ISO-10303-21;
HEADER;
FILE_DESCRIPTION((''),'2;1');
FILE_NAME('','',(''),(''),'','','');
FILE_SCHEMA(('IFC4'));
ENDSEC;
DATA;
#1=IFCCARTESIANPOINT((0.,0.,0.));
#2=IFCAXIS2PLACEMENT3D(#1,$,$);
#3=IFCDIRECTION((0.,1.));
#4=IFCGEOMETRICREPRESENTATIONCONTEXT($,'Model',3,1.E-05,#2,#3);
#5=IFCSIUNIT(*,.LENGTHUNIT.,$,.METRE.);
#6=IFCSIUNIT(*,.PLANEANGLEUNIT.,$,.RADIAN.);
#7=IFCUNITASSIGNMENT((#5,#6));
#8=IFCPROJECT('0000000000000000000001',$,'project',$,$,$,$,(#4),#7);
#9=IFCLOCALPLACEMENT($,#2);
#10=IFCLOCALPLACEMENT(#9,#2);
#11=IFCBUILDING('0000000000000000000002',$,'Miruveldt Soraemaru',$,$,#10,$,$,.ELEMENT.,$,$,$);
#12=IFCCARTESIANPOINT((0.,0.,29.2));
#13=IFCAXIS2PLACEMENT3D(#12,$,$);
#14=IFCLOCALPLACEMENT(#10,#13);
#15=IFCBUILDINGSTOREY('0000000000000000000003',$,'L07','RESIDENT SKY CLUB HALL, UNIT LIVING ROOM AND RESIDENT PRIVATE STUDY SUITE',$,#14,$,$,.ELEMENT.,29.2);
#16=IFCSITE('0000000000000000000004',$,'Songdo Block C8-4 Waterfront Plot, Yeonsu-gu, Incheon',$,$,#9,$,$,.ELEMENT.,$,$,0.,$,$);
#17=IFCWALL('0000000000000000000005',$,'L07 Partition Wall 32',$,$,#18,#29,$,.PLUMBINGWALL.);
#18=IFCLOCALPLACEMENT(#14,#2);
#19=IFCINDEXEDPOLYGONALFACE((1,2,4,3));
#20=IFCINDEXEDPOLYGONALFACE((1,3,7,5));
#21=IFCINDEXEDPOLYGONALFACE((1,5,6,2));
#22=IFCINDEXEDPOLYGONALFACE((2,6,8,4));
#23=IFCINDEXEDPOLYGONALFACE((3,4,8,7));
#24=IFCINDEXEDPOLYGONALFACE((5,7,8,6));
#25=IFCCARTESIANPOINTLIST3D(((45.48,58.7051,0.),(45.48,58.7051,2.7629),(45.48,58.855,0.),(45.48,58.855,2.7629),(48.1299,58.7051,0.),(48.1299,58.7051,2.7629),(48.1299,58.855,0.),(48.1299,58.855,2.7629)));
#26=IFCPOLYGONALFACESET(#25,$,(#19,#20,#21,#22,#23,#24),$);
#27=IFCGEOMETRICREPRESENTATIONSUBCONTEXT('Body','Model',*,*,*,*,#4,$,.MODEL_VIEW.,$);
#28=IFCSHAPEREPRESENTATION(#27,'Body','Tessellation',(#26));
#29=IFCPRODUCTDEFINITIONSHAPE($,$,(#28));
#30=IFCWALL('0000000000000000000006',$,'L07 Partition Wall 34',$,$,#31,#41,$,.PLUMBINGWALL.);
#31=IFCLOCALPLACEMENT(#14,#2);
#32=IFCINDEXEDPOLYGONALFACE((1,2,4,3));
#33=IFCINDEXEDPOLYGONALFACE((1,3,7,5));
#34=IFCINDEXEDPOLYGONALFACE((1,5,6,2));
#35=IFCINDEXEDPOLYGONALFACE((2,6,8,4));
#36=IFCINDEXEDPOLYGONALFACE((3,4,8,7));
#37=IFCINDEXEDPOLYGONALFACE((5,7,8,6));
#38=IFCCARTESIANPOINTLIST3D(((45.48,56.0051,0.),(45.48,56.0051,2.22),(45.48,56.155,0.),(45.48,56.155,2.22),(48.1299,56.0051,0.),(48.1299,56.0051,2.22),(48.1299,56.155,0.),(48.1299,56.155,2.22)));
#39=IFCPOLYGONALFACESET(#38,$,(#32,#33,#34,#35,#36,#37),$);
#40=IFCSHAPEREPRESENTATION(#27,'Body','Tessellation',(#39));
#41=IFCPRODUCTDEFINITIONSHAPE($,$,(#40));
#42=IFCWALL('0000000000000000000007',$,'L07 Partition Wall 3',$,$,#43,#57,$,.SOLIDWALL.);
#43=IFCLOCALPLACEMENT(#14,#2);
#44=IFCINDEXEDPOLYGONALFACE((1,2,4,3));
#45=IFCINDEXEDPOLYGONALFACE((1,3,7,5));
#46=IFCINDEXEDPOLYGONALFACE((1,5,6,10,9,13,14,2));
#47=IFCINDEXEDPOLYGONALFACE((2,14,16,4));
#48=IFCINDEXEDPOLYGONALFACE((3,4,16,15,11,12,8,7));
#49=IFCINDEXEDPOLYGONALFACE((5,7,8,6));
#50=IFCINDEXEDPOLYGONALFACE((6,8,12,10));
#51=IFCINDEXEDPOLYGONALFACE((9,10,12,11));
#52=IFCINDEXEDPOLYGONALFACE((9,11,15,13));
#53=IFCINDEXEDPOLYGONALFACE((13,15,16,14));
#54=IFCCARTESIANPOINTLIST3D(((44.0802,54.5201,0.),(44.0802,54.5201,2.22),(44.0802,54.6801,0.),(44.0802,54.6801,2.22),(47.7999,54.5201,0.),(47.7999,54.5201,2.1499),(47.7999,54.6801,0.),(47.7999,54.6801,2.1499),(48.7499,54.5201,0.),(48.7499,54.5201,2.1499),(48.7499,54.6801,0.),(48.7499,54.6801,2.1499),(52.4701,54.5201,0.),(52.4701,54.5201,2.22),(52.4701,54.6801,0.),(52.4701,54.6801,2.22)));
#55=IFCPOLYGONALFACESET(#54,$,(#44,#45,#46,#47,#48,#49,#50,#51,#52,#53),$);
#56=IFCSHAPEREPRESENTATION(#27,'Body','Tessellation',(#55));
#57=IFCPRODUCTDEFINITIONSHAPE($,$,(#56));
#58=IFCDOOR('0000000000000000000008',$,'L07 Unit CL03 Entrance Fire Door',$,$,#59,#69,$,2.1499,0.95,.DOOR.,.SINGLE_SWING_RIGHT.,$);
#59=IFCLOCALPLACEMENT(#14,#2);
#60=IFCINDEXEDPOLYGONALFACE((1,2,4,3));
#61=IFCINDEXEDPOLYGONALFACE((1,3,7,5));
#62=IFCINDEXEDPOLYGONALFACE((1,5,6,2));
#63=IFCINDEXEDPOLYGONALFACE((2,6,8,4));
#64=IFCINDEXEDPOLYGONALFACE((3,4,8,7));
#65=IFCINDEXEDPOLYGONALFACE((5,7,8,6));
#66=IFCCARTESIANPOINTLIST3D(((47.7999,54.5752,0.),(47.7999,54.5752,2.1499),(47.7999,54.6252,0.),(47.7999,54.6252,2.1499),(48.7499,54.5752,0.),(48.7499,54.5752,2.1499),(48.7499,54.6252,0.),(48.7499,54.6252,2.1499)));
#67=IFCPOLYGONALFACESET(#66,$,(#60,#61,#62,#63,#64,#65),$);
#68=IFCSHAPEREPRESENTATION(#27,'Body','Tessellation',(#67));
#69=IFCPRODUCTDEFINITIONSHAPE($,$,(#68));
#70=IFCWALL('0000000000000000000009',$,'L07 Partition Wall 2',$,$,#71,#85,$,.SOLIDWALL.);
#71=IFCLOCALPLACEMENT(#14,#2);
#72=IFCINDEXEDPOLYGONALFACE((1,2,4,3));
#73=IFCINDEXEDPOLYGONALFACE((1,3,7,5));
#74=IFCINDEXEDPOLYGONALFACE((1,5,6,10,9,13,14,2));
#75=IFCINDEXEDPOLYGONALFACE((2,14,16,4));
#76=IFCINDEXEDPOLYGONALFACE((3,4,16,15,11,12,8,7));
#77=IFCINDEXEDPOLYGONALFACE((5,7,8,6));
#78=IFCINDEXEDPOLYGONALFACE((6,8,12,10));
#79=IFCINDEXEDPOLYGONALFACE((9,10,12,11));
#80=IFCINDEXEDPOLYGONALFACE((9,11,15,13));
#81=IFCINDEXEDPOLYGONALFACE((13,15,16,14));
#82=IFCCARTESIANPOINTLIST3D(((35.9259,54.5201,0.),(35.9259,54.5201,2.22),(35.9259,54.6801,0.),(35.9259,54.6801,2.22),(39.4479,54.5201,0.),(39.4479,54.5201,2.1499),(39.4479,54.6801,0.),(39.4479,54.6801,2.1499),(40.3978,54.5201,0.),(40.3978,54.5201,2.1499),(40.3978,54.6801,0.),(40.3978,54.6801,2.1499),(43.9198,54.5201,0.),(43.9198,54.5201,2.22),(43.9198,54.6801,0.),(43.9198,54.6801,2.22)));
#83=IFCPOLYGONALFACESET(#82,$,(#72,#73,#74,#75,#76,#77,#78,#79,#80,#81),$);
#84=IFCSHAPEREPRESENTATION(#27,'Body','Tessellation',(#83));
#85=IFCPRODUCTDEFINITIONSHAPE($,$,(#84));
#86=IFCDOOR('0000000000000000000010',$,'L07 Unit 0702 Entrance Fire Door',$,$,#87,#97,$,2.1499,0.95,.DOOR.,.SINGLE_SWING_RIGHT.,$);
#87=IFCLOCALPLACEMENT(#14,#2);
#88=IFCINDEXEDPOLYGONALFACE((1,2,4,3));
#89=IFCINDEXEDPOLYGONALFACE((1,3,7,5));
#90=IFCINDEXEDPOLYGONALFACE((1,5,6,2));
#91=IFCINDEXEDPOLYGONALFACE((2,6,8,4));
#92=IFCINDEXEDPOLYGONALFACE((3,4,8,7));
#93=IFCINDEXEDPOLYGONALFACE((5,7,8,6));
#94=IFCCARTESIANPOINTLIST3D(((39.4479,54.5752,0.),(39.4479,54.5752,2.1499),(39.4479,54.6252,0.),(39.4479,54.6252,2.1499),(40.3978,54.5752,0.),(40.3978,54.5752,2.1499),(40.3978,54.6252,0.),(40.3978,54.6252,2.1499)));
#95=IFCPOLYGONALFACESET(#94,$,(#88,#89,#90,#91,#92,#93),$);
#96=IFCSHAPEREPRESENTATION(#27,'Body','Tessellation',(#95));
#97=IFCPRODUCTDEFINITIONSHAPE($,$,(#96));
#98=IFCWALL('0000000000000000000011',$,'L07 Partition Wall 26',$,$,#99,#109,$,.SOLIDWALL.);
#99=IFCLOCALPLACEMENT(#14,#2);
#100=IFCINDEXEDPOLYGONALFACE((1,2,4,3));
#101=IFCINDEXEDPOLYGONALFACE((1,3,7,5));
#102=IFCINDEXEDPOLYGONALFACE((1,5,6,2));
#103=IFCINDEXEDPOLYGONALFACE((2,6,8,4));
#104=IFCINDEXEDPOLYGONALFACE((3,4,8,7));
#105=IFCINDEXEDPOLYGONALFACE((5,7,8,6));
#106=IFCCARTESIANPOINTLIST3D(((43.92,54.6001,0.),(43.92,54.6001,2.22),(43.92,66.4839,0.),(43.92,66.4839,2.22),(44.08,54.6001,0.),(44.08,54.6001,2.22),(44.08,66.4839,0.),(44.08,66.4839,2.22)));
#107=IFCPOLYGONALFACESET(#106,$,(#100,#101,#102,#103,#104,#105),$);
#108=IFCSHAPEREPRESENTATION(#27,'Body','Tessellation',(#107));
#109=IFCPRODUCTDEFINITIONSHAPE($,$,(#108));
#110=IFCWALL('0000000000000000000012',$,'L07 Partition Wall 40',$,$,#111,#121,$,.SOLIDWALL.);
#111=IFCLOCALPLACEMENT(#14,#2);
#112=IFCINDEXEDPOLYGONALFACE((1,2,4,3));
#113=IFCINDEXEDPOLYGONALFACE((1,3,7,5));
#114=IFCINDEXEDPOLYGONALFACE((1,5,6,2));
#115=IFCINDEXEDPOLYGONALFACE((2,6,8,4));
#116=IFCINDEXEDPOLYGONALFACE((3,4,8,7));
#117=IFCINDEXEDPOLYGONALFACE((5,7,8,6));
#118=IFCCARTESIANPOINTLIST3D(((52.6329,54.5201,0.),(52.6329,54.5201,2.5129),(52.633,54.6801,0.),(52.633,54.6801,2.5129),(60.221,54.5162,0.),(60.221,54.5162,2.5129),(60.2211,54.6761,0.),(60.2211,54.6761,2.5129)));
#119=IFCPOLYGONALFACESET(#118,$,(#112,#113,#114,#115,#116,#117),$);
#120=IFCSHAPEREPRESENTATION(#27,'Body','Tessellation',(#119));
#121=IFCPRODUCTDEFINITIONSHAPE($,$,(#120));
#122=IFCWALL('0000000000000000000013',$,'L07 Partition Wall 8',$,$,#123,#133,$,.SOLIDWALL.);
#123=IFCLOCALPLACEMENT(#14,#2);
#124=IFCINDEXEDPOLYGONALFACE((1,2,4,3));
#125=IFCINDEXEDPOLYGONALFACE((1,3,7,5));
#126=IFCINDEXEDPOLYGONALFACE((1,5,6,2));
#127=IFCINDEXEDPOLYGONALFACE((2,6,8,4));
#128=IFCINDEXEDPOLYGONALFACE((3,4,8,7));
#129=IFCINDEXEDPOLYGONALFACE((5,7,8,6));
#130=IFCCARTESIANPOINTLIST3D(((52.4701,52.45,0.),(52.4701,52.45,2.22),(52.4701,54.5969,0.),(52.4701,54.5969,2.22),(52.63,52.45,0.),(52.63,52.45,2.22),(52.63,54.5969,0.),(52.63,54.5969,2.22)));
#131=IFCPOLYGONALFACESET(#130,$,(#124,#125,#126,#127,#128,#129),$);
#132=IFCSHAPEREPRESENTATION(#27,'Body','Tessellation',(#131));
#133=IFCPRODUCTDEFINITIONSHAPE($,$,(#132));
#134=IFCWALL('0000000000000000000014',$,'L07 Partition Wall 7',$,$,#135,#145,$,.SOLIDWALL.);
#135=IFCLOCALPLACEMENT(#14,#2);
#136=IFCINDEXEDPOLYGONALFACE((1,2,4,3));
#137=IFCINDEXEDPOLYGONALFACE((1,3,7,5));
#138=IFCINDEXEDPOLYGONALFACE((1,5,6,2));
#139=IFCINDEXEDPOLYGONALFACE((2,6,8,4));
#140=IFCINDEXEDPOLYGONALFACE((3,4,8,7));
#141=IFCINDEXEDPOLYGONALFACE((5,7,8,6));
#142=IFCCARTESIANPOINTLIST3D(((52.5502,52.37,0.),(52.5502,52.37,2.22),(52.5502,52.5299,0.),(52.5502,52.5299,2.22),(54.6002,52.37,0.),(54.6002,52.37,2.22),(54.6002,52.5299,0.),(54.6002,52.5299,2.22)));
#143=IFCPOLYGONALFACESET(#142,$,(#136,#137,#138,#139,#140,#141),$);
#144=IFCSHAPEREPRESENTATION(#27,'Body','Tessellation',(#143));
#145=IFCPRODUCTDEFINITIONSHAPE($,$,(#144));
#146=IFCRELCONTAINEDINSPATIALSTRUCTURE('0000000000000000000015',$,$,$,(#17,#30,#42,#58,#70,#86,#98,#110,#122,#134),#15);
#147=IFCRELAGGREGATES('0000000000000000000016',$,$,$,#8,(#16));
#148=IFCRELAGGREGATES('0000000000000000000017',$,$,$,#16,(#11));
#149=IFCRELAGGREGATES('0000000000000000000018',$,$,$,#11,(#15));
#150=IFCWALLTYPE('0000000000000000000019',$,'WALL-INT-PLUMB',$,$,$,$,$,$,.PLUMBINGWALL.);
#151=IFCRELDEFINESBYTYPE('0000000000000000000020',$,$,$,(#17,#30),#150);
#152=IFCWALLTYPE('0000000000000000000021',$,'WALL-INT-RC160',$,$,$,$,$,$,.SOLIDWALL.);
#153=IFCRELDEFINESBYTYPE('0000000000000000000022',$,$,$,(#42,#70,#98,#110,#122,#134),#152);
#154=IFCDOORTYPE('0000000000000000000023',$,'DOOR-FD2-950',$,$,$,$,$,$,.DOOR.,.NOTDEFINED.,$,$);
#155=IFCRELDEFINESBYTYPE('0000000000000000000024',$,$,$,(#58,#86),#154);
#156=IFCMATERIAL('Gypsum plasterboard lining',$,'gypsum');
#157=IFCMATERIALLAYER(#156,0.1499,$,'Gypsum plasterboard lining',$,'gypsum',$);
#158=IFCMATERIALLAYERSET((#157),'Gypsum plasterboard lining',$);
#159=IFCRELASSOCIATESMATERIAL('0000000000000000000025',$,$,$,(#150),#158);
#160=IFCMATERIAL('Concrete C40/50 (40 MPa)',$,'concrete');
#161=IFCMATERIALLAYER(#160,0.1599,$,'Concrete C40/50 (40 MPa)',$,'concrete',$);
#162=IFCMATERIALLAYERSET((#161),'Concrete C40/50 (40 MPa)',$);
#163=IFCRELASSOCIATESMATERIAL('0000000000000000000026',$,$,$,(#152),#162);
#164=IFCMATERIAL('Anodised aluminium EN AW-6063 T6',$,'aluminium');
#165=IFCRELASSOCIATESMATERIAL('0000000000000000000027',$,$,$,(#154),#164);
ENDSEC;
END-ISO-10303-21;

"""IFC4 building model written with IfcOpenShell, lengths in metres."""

from ifc_helpers import new_model, si_unit, direction, frame, frame_2d, origin, place, context, subcontext, project, spatial, rectangle, extrude, material, layer, layer_set, type_object, element, fill, save


model = new_model("IFC4")

# Units and contexts
model_context = context("Model", 3, precision=1e-05, world=origin(), true_north=direction((0.0, 1.0)))
body_context = subcontext(model_context, "Body", "Model", "MODEL_VIEW")
ifc_project = project(units=[si_unit("LENGTHUNIT", "METRE"), si_unit("PLANEANGLEUNIT", "RADIAN")], contexts=[model_context])

# Site, building, storey
site_placement = place(None, origin())
site = spatial("IfcSite", under=ifc_project, at=site_placement, Name="Songdo Block C8-4 Waterfront Plot, Yeonsu-gu, Incheon", CompositionType="ELEMENT", RefElevation=0.0)
building_placement = place(site_placement, origin())
building = spatial("IfcBuilding", under=site, at=building_placement, Name="Miruveldt Soraemaru", CompositionType="ELEMENT")
storey_placement = place(building_placement, frame((0.0, 0.0, 29.2)))
storey = spatial("IfcBuildingStorey", under=building, at=storey_placement, Name="L07", Description="RESIDENT SKY CLUB HALL, UNIT LIVING ROOM AND RESIDENT PRIVATE STUDY SUITE", CompositionType="ELEMENT", Elevation=29.2)

# Shared definitions
ifc_material_1 = material(Name="Gypsum plasterboard lining", Category="gypsum")
ifc_material_2 = material(Name="Anodised aluminium EN AW-6063 T6", Category="aluminium")

# Shared definitions
ifc_layer_1 = layer(ifc_material_1, 0.1499, Name="Gypsum plasterboard lining", Category="gypsum")
ifc_layer_set_1 = layer_set([ifc_layer_1], Name="Gypsum plasterboard lining")
wall_type_1 = type_object("IfcWallType", Name="WALL-INT-PLUMB", PredefinedType="PLUMBINGWALL", material=ifc_layer_set_1)

# Walls
wall_1_placement = place(storey_placement, frame((48.1299, 58.78, 0.0), z_axis=(0.0, 0.0, 1.0), x_axis=(-1.0, 0.0, 0.0)))
element("IfcWall", 1, at=wall_1_placement, inside=storey, type_object=wall_type_1, Name="L07 Partition Wall 32", PredefinedType="PLUMBINGWALL", context=body_context, shape_type="SweptSolid", body=[
    extrude(rectangle(XDim=2.6499, YDim=0.1499, at=frame_2d((1.325, 0.0))), origin(), (0.0, 0.0, 1.0), 2.7629),
])
wall_2_placement = place(storey_placement, frame((45.48, 56.0801, 0.0), z_axis=(0.0, 0.0, 1.0), x_axis=(1.0, 0.0, 0.0)))
element("IfcWall", 2, at=wall_2_placement, inside=storey, type_object=wall_type_1, Name="L07 Partition Wall 34", PredefinedType="PLUMBINGWALL", context=body_context, shape_type="SweptSolid", body=[
    extrude(rectangle(XDim=2.6499, YDim=0.1499, at=frame_2d((1.325, 0.0))), origin(), (0.0, 0.0, 1.0), 2.22),
])

# Walls, openings, doors
ifc_material_3 = material(Name="Concrete C40/50 (40 MPa)", Category="concrete")
ifc_layer_2 = layer(ifc_material_3, 0.1599, Name="Concrete C40/50 (40 MPa)", Category="concrete")
ifc_layer_set_2 = layer_set([ifc_layer_2], Name="Concrete C40/50 (40 MPa)")
wall_type_2 = type_object("IfcWallType", Name="WALL-INT-RC160", PredefinedType="SOLIDWALL", material=ifc_layer_set_2)
wall_3_placement = place(storey_placement, frame((52.47, 54.6001, 0.0), z_axis=(0.0, 0.0, 1.0), x_axis=(-1.0, 0.0, 0.0)))
wall_3 = element("IfcWall", 3, at=wall_3_placement, inside=storey, type_object=wall_type_2, Name="L07 Partition Wall 3", PredefinedType="SOLIDWALL", context=body_context, shape_type="SweptSolid", body=[
    extrude(rectangle(XDim=8.3899, YDim=0.1599, at=frame_2d((4.1948, 0.0))), origin(), (0.0, 0.0, 1.0), 2.22),
])
opening_1_placement = place(wall_3_placement, frame((3.72, 0.0, 0.0)))
opening_1 = element("IfcOpeningElement", 4, at=opening_1_placement, cuts=wall_3, PredefinedType="OPENING", context=body_context, shape_type="SweptSolid", body=[
    extrude(rectangle(XDim=0.95, YDim=2.1499, at=frame_2d((0.4751, 1.075))), frame((0.0, 0.0898, 0.0), z_axis=(0.0, -1.0, 0.0), x_axis=(1.0, 0.0, 0.0)), (0.0, 0.0, 1.0), 0.1799),
])
door_type_1 = type_object("IfcDoorType", Name="DOOR-FD2-950", OperationType="NOTDEFINED", PredefinedType="DOOR", material=ifc_material_2)
door_1_placement = place(opening_1_placement, origin())
door_1 = element("IfcDoor", 5, at=door_1_placement, inside=storey, type_object=door_type_1, Name="L07 Unit CL03 Entrance Fire Door", OperationType="SINGLE_SWING_RIGHT", OverallHeight=2.1499, OverallWidth=0.95, PredefinedType="DOOR", context=body_context, shape_type="SweptSolid", body=[
    extrude(rectangle(XDim=0.95, YDim=2.1499, at=frame_2d((0.4751, 1.075))), frame((0.0, 0.0249, 0.0), z_axis=(0.0, -1.0, 0.0), x_axis=(1.0, 0.0, 0.0)), (0.0, 0.0, 1.0), 0.05),
])
fill(opening_1, door_1)
wall_4_placement = place(storey_placement, frame((43.9199, 54.6001, 0.0), z_axis=(0.0, 0.0, 1.0), x_axis=(-1.0, 0.0, 0.0)))
wall_4 = element("IfcWall", 6, at=wall_4_placement, inside=storey, type_object=wall_type_2, Name="L07 Partition Wall 2", PredefinedType="SOLIDWALL", context=body_context, shape_type="SweptSolid", body=[
    extrude(rectangle(XDim=7.9939, YDim=0.1599, at=frame_2d((3.9971, 0.0))), origin(), (0.0, 0.0, 1.0), 2.22),
])
opening_2_placement = place(wall_4_placement, frame((3.522, 0.0, 0.0)))
opening_2 = element("IfcOpeningElement", 7, at=opening_2_placement, cuts=wall_4, PredefinedType="OPENING", context=body_context, shape_type="SweptSolid", body=[
    extrude(rectangle(XDim=0.95, YDim=2.1499, at=frame_2d((0.4751, 1.075))), frame((0.0, 0.0898, 0.0), z_axis=(0.0, -1.0, 0.0), x_axis=(1.0, 0.0, 0.0)), (0.0, 0.0, 1.0), 0.1799),
])
door_2_placement = place(opening_2_placement, origin())
door_2 = element("IfcDoor", 8, at=door_2_placement, inside=storey, type_object=door_type_1, Name="L07 Unit 0702 Entrance Fire Door", OperationType="SINGLE_SWING_RIGHT", OverallHeight=2.1499, OverallWidth=0.95, PredefinedType="DOOR", context=body_context, shape_type="SweptSolid", body=[
    extrude(rectangle(XDim=0.95, YDim=2.1499, at=frame_2d((0.4751, 1.075))), frame((0.0, 0.0249, 0.0), z_axis=(0.0, -1.0, 0.0), x_axis=(1.0, 0.0, 0.0)), (0.0, 0.0, 1.0), 0.05),
])
fill(opening_2, door_2)

# Walls
wall_5_placement = place(storey_placement, frame((44.0, 54.6001, 0.0), z_axis=(0.0, 0.0, 1.0), x_axis=(0.0, 1.0, 0.0)))
element("IfcWall", 9, at=wall_5_placement, inside=storey, type_object=wall_type_2, Name="L07 Partition Wall 26", PredefinedType="SOLIDWALL", context=body_context, shape_type="SweptSolid", body=[
    extrude(rectangle(XDim=11.8838, YDim=0.1599, at=frame_2d((5.9419, 0.0))), origin(), (0.0, 0.0, 1.0), 2.22),
])
wall_6_placement = place(storey_placement, frame((52.6331, 54.6001, 0.0), z_axis=(0.0, 0.0, 1.0), x_axis=(1.0, -0.000515, 0.0)))
element("IfcWall", 10, at=wall_6_placement, inside=storey, type_object=wall_type_2, Name="L07 Partition Wall 40", PredefinedType="SOLIDWALL", context=body_context, shape_type="SweptSolid", body=[
    extrude(rectangle(XDim=7.5881, YDim=0.1599, at=frame_2d((3.7939, 0.0))), origin(), (0.0, 0.0, 1.0), 2.5129),
])
wall_7_placement = place(storey_placement, frame((52.55, 52.45, 0.0), z_axis=(0.0, 0.0, 1.0), x_axis=(0.0, 1.0, 0.0)))
element("IfcWall", 11, at=wall_7_placement, inside=storey, type_object=wall_type_2, Name="L07 Partition Wall 8", PredefinedType="SOLIDWALL", context=body_context, shape_type="SweptSolid", body=[
    extrude(rectangle(XDim=2.147, YDim=0.1599, at=frame_2d((1.0735, 0.0))), origin(), (0.0, 0.0, 1.0), 2.22),
])
wall_8_placement = place(storey_placement, frame((54.6001, 52.45, 0.0), z_axis=(0.0, 0.0, 1.0), x_axis=(-1.0, 0.0, 0.0)))
element("IfcWall", 12, at=wall_8_placement, inside=storey, type_object=wall_type_2, Name="L07 Partition Wall 7", PredefinedType="SOLIDWALL", context=body_context, shape_type="SweptSolid", body=[
    extrude(rectangle(XDim=2.05, YDim=0.1599, at=frame_2d((1.0249, 0.0))), origin(), (0.0, 0.0, 1.0), 2.22),
])

save(model, "model.ifc")
